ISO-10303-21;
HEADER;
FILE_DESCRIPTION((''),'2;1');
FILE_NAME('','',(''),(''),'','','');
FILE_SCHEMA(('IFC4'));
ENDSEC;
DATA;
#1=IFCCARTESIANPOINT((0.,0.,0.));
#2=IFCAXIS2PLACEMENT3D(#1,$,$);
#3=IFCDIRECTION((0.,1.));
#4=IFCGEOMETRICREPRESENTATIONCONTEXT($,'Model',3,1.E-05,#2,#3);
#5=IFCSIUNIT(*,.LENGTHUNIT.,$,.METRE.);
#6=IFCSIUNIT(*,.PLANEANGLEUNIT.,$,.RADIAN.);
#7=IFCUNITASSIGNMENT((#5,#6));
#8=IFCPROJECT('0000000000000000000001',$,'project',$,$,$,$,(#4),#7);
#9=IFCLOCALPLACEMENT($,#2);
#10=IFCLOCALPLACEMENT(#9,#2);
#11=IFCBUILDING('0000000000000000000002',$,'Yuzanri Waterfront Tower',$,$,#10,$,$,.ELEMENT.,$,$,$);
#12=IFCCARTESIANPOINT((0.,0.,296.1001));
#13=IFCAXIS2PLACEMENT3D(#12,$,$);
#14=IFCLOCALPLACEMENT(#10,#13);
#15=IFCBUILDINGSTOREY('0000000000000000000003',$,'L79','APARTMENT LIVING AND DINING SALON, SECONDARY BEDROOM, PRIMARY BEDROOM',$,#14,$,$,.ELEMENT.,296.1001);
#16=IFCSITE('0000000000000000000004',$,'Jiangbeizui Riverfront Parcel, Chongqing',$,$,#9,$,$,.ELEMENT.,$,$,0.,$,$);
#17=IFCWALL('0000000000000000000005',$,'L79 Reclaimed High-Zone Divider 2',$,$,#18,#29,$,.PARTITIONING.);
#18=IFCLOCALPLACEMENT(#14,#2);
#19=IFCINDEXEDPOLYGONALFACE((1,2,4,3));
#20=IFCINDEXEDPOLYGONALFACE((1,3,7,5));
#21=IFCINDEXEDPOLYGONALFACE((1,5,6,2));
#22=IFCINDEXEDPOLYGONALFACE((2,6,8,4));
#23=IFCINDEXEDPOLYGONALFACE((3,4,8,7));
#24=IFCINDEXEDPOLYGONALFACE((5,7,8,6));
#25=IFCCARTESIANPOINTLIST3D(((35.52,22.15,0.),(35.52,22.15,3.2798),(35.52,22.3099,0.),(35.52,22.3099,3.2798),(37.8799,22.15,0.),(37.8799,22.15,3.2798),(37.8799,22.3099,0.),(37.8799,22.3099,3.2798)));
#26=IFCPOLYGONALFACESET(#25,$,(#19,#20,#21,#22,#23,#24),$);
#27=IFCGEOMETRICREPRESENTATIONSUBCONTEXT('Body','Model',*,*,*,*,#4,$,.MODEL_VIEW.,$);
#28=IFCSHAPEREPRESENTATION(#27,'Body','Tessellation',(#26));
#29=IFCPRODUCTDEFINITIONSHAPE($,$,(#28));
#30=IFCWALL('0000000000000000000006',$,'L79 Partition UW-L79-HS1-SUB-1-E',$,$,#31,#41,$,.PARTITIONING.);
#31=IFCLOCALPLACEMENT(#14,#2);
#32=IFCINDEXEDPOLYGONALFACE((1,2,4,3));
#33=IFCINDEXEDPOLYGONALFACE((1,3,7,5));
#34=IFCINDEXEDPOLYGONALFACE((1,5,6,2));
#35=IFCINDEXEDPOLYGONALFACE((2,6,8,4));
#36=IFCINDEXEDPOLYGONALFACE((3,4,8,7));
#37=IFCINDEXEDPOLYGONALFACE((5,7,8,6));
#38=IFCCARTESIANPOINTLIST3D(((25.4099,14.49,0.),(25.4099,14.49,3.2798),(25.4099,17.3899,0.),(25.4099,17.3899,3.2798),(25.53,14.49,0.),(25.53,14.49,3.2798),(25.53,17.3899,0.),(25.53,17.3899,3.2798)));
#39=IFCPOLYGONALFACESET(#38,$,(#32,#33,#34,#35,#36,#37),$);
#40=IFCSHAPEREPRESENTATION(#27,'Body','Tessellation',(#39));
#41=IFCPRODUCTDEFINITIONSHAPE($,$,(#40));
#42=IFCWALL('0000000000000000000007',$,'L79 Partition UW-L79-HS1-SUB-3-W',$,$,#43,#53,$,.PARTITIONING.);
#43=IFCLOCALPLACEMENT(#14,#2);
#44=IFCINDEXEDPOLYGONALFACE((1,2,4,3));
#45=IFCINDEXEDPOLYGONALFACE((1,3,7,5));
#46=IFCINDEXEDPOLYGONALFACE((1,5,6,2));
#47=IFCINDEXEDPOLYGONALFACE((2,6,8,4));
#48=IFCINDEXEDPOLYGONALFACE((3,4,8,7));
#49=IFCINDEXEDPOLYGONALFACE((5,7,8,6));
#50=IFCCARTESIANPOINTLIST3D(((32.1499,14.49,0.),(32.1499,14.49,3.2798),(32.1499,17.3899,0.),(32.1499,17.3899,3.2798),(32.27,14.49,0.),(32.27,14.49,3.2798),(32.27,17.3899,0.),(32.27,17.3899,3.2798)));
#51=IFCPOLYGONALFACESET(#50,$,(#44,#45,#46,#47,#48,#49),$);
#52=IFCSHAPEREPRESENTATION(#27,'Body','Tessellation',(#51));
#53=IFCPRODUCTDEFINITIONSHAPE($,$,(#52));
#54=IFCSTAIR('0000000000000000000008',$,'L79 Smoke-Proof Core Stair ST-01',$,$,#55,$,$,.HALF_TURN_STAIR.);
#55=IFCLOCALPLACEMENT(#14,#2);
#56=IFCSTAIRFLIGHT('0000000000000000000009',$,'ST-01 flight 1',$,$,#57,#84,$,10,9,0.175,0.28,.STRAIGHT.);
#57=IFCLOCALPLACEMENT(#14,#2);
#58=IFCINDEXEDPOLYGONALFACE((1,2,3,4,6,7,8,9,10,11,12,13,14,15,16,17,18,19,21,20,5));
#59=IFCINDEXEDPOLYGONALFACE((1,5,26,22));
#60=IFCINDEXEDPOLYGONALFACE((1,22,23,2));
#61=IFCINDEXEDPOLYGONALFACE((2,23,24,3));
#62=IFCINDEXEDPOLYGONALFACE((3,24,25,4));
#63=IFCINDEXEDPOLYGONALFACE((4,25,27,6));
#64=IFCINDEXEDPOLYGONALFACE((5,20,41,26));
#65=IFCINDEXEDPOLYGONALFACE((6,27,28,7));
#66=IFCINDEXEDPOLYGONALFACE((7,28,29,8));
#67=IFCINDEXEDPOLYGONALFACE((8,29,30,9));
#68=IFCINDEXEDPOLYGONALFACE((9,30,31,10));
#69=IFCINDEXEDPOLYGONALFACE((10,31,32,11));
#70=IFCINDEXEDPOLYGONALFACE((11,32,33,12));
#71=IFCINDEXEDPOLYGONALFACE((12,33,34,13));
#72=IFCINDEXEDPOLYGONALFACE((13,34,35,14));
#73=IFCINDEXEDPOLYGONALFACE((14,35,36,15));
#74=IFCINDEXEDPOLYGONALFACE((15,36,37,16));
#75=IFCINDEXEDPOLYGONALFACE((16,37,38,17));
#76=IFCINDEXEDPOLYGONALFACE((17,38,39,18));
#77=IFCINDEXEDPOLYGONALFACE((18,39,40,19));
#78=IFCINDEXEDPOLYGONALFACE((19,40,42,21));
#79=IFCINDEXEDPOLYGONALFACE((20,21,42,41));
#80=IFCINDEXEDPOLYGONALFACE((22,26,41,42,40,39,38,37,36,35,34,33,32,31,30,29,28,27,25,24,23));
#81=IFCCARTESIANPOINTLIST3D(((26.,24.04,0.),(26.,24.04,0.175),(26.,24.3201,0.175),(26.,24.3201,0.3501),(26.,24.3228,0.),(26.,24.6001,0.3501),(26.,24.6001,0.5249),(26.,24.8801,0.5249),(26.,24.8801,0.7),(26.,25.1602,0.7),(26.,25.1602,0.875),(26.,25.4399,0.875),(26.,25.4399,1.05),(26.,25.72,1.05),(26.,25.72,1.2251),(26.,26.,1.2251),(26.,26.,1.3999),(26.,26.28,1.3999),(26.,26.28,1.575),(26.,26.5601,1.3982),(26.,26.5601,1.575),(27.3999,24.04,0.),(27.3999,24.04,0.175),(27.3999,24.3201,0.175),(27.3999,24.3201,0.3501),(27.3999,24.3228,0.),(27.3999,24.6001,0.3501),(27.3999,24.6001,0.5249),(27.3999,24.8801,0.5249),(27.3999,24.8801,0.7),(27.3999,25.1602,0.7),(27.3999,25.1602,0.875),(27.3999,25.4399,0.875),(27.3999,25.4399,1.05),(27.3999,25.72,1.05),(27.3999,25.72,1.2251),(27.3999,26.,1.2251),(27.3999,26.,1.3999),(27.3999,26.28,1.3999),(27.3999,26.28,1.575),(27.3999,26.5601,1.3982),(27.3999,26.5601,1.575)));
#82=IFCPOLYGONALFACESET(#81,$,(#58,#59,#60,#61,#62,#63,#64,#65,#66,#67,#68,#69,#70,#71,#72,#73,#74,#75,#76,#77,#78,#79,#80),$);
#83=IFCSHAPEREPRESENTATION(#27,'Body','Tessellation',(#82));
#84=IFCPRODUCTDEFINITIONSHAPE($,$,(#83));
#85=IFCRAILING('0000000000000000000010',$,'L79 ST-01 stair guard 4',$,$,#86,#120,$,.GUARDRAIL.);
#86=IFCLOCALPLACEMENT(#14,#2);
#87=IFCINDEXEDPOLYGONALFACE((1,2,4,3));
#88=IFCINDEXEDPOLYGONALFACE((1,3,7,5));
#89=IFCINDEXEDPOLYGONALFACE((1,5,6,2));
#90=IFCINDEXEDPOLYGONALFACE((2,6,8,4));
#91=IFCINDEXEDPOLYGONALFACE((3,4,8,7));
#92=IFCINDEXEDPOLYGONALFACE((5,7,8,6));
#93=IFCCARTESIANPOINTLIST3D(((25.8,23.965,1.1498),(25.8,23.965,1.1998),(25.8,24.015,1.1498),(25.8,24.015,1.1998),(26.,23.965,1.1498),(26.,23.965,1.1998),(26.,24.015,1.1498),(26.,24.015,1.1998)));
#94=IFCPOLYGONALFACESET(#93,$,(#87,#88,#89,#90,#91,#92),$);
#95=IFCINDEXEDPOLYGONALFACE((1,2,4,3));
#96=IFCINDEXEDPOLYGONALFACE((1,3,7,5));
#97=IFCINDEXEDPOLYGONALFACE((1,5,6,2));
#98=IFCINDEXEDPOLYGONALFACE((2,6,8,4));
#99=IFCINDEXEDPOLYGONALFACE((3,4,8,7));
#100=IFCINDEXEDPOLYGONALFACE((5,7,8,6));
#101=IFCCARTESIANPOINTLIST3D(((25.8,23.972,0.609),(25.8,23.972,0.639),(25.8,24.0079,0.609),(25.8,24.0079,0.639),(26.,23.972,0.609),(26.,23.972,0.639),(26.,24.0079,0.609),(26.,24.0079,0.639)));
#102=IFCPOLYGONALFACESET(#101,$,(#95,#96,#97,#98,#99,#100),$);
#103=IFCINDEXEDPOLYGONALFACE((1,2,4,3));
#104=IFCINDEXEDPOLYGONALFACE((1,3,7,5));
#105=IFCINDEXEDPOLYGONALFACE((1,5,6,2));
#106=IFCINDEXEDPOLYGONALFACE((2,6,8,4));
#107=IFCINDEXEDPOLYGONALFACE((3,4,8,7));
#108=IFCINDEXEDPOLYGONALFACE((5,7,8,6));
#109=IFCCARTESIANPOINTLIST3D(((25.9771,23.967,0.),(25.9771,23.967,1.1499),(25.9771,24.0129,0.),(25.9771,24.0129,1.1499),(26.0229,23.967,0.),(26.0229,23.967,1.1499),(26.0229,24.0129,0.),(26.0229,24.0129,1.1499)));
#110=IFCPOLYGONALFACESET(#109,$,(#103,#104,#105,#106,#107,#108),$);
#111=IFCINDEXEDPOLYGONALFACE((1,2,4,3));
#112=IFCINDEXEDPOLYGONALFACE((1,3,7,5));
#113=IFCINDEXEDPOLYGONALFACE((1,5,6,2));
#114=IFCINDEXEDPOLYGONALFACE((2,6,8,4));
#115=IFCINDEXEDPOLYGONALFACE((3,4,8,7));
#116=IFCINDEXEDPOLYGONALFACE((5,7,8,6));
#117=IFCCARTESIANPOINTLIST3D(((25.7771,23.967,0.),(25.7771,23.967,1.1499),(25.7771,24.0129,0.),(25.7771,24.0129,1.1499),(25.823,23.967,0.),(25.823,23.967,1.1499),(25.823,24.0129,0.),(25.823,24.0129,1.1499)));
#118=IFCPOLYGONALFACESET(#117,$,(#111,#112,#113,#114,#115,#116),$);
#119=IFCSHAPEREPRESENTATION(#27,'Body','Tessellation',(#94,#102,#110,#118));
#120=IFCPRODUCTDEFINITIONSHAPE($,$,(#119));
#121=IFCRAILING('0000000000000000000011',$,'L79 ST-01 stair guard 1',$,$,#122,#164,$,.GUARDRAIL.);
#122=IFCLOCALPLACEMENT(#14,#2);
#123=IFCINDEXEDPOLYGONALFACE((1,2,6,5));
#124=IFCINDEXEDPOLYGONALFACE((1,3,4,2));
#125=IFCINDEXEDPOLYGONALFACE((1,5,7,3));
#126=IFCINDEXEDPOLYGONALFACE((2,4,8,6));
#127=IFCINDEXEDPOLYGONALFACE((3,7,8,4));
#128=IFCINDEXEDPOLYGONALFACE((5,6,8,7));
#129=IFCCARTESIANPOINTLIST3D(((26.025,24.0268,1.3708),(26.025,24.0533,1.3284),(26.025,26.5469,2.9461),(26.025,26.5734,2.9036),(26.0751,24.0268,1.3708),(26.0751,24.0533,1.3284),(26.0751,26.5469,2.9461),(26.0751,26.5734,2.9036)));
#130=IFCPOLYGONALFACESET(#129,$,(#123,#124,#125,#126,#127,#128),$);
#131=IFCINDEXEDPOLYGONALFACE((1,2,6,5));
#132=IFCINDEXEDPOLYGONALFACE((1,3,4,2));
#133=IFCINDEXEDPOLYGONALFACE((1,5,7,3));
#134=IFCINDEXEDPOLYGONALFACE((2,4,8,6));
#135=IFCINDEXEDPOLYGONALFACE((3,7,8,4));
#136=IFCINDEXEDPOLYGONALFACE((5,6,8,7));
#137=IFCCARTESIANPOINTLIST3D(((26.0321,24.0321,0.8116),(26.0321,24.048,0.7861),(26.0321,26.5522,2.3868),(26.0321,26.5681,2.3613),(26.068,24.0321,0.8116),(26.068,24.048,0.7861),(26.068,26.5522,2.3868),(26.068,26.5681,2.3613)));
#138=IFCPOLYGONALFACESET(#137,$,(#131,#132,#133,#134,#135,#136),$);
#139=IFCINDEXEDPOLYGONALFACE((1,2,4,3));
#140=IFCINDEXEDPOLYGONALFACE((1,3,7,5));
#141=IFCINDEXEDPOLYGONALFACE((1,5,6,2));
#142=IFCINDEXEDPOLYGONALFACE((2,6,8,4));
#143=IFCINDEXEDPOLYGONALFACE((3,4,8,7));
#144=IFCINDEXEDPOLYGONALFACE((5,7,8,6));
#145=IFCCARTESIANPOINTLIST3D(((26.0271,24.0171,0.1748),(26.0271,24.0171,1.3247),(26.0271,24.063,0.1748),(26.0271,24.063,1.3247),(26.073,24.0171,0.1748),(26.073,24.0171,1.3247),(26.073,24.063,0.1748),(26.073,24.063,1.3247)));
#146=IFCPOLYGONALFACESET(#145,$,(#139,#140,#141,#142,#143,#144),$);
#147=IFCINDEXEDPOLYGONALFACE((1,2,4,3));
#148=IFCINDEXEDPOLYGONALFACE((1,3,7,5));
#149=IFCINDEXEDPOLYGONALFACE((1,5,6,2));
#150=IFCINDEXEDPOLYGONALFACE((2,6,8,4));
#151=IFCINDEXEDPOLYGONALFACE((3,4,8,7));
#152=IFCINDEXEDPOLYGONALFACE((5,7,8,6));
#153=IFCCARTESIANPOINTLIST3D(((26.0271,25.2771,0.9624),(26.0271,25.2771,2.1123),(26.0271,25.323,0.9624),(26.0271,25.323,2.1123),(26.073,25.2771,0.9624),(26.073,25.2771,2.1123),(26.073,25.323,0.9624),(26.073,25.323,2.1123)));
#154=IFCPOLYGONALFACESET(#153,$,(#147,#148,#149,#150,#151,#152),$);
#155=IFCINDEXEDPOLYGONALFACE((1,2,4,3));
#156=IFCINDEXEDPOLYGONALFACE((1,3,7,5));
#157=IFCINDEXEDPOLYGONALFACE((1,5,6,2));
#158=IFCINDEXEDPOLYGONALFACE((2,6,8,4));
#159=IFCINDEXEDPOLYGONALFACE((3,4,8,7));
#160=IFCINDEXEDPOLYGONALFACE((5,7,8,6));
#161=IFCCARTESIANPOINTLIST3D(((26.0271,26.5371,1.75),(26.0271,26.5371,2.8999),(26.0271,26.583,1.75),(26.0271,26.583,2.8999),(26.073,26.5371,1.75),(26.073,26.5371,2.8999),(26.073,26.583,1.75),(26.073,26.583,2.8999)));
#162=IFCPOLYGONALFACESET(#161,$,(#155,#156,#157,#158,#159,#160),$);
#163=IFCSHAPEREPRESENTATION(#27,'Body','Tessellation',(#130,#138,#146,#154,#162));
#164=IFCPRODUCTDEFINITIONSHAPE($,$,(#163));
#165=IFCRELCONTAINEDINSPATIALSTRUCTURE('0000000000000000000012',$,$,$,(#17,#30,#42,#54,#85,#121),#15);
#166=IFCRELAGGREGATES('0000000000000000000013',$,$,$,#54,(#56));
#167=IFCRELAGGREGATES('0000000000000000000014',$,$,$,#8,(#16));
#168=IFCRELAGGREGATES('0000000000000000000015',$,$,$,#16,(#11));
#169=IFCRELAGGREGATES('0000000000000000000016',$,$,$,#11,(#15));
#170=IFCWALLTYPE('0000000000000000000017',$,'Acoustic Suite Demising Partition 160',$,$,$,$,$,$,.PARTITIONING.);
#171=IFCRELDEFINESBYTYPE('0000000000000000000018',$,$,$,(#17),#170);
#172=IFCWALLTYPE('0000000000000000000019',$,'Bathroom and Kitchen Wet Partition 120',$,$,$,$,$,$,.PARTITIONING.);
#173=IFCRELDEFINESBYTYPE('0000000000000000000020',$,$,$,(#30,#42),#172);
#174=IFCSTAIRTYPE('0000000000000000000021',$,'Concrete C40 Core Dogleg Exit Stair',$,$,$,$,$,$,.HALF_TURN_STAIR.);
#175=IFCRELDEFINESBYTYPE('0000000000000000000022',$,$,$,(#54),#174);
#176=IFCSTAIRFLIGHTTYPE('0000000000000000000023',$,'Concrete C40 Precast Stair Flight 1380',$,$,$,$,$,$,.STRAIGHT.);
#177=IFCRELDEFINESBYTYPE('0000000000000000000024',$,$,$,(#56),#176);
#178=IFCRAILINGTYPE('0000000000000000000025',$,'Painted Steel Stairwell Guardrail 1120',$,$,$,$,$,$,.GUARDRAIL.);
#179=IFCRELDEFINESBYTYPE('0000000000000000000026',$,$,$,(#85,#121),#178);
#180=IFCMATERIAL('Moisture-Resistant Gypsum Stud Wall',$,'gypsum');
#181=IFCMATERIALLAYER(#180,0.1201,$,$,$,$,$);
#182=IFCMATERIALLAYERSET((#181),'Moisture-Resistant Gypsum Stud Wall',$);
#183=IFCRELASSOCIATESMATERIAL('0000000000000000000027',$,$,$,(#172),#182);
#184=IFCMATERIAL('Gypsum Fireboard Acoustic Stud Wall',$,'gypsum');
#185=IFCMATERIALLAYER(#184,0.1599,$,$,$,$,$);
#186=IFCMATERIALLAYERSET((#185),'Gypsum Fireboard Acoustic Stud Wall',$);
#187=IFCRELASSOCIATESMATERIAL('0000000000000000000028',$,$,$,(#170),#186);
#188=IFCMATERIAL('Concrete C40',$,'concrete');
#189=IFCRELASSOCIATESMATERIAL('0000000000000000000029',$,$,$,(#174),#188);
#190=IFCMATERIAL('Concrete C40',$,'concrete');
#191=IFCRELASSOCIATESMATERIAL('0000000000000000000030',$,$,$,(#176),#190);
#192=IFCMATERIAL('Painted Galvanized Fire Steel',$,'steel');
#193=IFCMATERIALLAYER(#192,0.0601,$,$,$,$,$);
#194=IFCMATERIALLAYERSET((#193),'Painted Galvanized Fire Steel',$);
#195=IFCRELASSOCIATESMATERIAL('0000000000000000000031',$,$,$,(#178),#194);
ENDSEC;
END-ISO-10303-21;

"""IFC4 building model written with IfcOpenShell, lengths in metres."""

from ifc_helpers import new_model, si_unit, direction, frame, frame_2d, origin, origin_2d, place, context, subcontext, project, spatial, polyline, rectangle, outline, extrude, source, transform, mapped, material, layer, layer_set, type_object, element, aggregate, save


model = new_model("IFC4")

# Units and contexts
model_context = context("Model", 3, precision=1e-05, world=origin(), true_north=direction((0.0, 1.0)))
body_context = subcontext(model_context, "Body", "Model", "MODEL_VIEW")
ifc_project = project(units=[si_unit("LENGTHUNIT", "METRE"), si_unit("PLANEANGLEUNIT", "RADIAN")], contexts=[model_context])

# Site, building, storey
site_placement = place(None, origin())
site = spatial("IfcSite", under=ifc_project, at=site_placement, Name="Jiangbeizui Riverfront Parcel, Chongqing", CompositionType="ELEMENT", RefElevation=0.0)
building_placement = place(site_placement, origin())
building = spatial("IfcBuilding", under=site, at=building_placement, Name="Yuzanri Waterfront Tower", CompositionType="ELEMENT")
storey_placement = place(building_placement, frame((0.0, 0.0, 296.1001)))
storey = spatial("IfcBuildingStorey", under=building, at=storey_placement, Name="L79", Description="APARTMENT LIVING AND DINING SALON, SECONDARY BEDROOM, PRIMARY BEDROOM", CompositionType="ELEMENT", Elevation=296.1001)

# Shared definitions
ifc_material_1 = material(Name="Moisture-Resistant Gypsum Stud Wall", Category="gypsum")
ifc_layer_1 = layer(ifc_material_1, 0.1201)
ifc_layer_set_1 = layer_set([ifc_layer_1], Name="Moisture-Resistant Gypsum Stud Wall")
wall_type_1 = type_object("IfcWallType", Name="Bathroom and Kitchen Wet Partition 120", PredefinedType="PARTITIONING", material=ifc_layer_set_1)

# Walls
ifc_material_2 = material(Name="Gypsum Fireboard Acoustic Stud Wall", Category="gypsum")
ifc_layer_2 = layer(ifc_material_2, 0.1599)
ifc_layer_set_2 = layer_set([ifc_layer_2], Name="Gypsum Fireboard Acoustic Stud Wall")
wall_type_2 = type_object("IfcWallType", Name="Acoustic Suite Demising Partition 160", PredefinedType="PARTITIONING", material=ifc_layer_set_2)
shared_shape_1 = source(origin(), body_context, "Body", "SweptSolid", [
    extrude(rectangle(XDim=2.3599, YDim=0.1599, at=frame_2d((1.1799, 0.0))), origin(), (0.0, 0.0, 1.0), 3.2798),
])
wall_1_placement = place(storey_placement, frame((35.52, 22.23, 0.0), z_axis=(0.0, 0.0, 1.0), x_axis=(1.0, 0.0, 0.0)))
element("IfcWall", 1, at=wall_1_placement, inside=storey, type_object=wall_type_2, Name="L79 Reclaimed High-Zone Divider 2", PredefinedType="PARTITIONING", context=body_context, shape_type="MappedRepresentation", body=[
    mapped(shared_shape_1, transform((0.0, 0.0, 0.0), scale=1.0)),
])
shared_shape_2 = source(origin(), body_context, "Body", "SweptSolid", [
    extrude(rectangle(XDim=2.8999, YDim=0.1201, at=frame_2d((1.45, 0.0))), origin(), (0.0, 0.0, 1.0), 3.2798),
])
for number, where, z_axis, x_axis, name in (
    (2, (25.47, 14.49, 0.0), (0.0, 0.0, 1.0), (0.0, 1.0, 0.0), "L79 Partition UW-L79-HS1-SUB-1-E"),
    (3, (32.21, 14.49, 0.0), (0.0, 0.0, 1.0), (0.0, 1.0, 0.0), "L79 Partition UW-L79-HS1-SUB-3-W"),
):
    element("IfcWall", number, at=place(storey_placement, frame(where, z_axis=z_axis, x_axis=x_axis)), inside=storey, type_object=wall_type_1, Name=name, PredefinedType="PARTITIONING", context=body_context, shape_type="MappedRepresentation", body=[
        mapped(shared_shape_2, transform((0.0, 0.0, 0.0), scale=1.0)),
    ])

# Stair, stair flight
ifc_material_3 = material(Name="Concrete C40", Category="concrete")
stair_type = type_object("IfcStairType", Name="Concrete C40 Core Dogleg Exit Stair", PredefinedType="HALF_TURN_STAIR", material=ifc_material_3)
stair_placement = place(storey_placement, origin())
stair = element("IfcStair", 4, at=stair_placement, inside=storey, type_object=stair_type, Name="L79 Smoke-Proof Core Stair ST-01", PredefinedType="HALF_TURN_STAIR")
ifc_material_4 = material(Name="Concrete C40", Category="concrete")
stair_flight_type = type_object("IfcStairFlightType", Name="Concrete C40 Precast Stair Flight 1380", PredefinedType="STRAIGHT", material=ifc_material_4)
shared_shape_3 = source(origin(), body_context, "Body", "SweptSolid", [
    extrude(outline(polyline([(0.0, 0.0), (0.0, 0.175), (0.28, 0.175), (0.28, 0.3501), (0.5601, 0.3501), (0.5601, 0.5249), (0.8401, 0.5249), (0.8401, 0.7), (1.1201, 0.7), (1.1201, 0.875), (1.3999, 0.875), (1.3999, 1.05), (1.6799, 1.05), (1.6799, 1.2251), (1.96, 1.2251), (1.96, 1.3999), (2.24, 1.3999), (2.24, 1.575), (2.52, 1.575), (2.52, 1.75), (2.52, 1.3982), (0.2827, 0.0), (0.0, 0.0)])), frame((0.0, 0.7, 0.0), z_axis=(0.0, -1.0, 0.0), x_axis=(1.0, 0.0, 0.0)), (0.0, 0.0, 1.0), 1.3999),
])
stair_flight_placement = place(storey_placement, frame((26.7, 24.04, 0.0), z_axis=(0.0, 0.0, 1.0), x_axis=(0.0, 1.0, 0.0)))
stair_flight = element("IfcStairFlight", 5, at=stair_flight_placement, type_object=stair_flight_type, Name="ST-01 flight 1", NumberOfRisers=10, NumberOfTreads=9, PredefinedType="STRAIGHT", RiserHeight=0.175, TreadLength=0.28, context=body_context, shape_type="MappedRepresentation", body=[
    mapped(shared_shape_3, transform((0.0, 0.0, 0.0), scale=1.0)),
])
aggregate(stair, [stair_flight])

# Railings
ifc_material_5 = material(Name="Painted Galvanized Fire Steel", Category="steel")
ifc_layer_3 = layer(ifc_material_5, 0.0601)
ifc_layer_set_3 = layer_set([ifc_layer_3], Name="Painted Galvanized Fire Steel")
railing_type = type_object("IfcRailingType", Name="Painted Steel Stairwell Guardrail 1120", PredefinedType="GUARDRAIL", material=ifc_layer_set_3)
shared_shape_4 = source(origin(), body_context, "Body", "SweptSolid", [
    extrude(rectangle(XDim=0.05, YDim=0.05, at=origin_2d()), frame((0.0, 0.0, 1.1748), z_axis=(-1.0, 0.0, 0.0), x_axis=(0.0, -1.0, 0.0)), (0.0, 0.0, 1.0), 0.2),
    extrude(rectangle(XDim=0.0359, YDim=0.03, at=origin_2d()), frame((0.0, 0.0, 0.624), z_axis=(-1.0, 0.0, 0.0), x_axis=(0.0, -1.0, 0.0)), (0.0, 0.0, 1.0), 0.2),
    extrude(rectangle(XDim=0.0459, YDim=0.0459, at=origin_2d()), origin(), (0.0, 0.0, 1.0), 1.1499),
    extrude(rectangle(XDim=0.0459, YDim=0.0459, at=origin_2d()), frame((-0.2, 0.0, 0.0)), (0.0, 0.0, 1.0), 1.1499),
])
railing_1_placement = place(storey_placement, frame((26.0, 23.99, 0.0)))
element("IfcRailing", 6, at=railing_1_placement, inside=storey, type_object=railing_type, Name="L79 ST-01 stair guard 4", PredefinedType="GUARDRAIL", context=body_context, shape_type="MappedRepresentation", body=[
    mapped(shared_shape_4, transform((0.0, 0.0, 0.0), scale=1.0)),
])
shared_shape_5 = source(origin(), body_context, "Body", "SweptSolid", [
    extrude(rectangle(XDim=0.05, YDim=0.05, at=origin_2d()), frame((0.0, 0.0, 1.1748), z_axis=(0.0, 0.847971, 0.530043), x_axis=(-1.0, 0.0, 0.0)), (0.0, 0.0, 1.0), 2.9719),
    extrude(rectangle(XDim=0.0359, YDim=0.03, at=origin_2d()), frame((0.0, 0.0, 0.624), z_axis=(0.0, 0.847971, 0.530043), x_axis=(-1.0, 0.0, 0.0)), (0.0, 0.0, 1.0), 2.9719),
    extrude(rectangle(XDim=0.0459, YDim=0.0459, at=origin_2d()), origin(), (0.0, 0.0, 1.0), 1.1499),
    extrude(rectangle(XDim=0.0459, YDim=0.0459, at=origin_2d()), frame((0.0, 1.26, 0.7876)), (0.0, 0.0, 1.0), 1.1499),
    extrude(rectangle(XDim=0.0459, YDim=0.0459, at=origin_2d()), frame((0.0, 2.52, 1.5752)), (0.0, 0.0, 1.0), 1.1499),
])
railing_2_placement = place(storey_placement, frame((26.05, 24.04, 0.1748)))
element("IfcRailing", 7, at=railing_2_placement, inside=storey, type_object=railing_type, Name="L79 ST-01 stair guard 1", PredefinedType="GUARDRAIL", context=body_context, shape_type="MappedRepresentation", body=[
    mapped(shared_shape_5, transform((0.0, 0.0, 0.0), scale=1.0)),
])

save(model, "model.ifc")
